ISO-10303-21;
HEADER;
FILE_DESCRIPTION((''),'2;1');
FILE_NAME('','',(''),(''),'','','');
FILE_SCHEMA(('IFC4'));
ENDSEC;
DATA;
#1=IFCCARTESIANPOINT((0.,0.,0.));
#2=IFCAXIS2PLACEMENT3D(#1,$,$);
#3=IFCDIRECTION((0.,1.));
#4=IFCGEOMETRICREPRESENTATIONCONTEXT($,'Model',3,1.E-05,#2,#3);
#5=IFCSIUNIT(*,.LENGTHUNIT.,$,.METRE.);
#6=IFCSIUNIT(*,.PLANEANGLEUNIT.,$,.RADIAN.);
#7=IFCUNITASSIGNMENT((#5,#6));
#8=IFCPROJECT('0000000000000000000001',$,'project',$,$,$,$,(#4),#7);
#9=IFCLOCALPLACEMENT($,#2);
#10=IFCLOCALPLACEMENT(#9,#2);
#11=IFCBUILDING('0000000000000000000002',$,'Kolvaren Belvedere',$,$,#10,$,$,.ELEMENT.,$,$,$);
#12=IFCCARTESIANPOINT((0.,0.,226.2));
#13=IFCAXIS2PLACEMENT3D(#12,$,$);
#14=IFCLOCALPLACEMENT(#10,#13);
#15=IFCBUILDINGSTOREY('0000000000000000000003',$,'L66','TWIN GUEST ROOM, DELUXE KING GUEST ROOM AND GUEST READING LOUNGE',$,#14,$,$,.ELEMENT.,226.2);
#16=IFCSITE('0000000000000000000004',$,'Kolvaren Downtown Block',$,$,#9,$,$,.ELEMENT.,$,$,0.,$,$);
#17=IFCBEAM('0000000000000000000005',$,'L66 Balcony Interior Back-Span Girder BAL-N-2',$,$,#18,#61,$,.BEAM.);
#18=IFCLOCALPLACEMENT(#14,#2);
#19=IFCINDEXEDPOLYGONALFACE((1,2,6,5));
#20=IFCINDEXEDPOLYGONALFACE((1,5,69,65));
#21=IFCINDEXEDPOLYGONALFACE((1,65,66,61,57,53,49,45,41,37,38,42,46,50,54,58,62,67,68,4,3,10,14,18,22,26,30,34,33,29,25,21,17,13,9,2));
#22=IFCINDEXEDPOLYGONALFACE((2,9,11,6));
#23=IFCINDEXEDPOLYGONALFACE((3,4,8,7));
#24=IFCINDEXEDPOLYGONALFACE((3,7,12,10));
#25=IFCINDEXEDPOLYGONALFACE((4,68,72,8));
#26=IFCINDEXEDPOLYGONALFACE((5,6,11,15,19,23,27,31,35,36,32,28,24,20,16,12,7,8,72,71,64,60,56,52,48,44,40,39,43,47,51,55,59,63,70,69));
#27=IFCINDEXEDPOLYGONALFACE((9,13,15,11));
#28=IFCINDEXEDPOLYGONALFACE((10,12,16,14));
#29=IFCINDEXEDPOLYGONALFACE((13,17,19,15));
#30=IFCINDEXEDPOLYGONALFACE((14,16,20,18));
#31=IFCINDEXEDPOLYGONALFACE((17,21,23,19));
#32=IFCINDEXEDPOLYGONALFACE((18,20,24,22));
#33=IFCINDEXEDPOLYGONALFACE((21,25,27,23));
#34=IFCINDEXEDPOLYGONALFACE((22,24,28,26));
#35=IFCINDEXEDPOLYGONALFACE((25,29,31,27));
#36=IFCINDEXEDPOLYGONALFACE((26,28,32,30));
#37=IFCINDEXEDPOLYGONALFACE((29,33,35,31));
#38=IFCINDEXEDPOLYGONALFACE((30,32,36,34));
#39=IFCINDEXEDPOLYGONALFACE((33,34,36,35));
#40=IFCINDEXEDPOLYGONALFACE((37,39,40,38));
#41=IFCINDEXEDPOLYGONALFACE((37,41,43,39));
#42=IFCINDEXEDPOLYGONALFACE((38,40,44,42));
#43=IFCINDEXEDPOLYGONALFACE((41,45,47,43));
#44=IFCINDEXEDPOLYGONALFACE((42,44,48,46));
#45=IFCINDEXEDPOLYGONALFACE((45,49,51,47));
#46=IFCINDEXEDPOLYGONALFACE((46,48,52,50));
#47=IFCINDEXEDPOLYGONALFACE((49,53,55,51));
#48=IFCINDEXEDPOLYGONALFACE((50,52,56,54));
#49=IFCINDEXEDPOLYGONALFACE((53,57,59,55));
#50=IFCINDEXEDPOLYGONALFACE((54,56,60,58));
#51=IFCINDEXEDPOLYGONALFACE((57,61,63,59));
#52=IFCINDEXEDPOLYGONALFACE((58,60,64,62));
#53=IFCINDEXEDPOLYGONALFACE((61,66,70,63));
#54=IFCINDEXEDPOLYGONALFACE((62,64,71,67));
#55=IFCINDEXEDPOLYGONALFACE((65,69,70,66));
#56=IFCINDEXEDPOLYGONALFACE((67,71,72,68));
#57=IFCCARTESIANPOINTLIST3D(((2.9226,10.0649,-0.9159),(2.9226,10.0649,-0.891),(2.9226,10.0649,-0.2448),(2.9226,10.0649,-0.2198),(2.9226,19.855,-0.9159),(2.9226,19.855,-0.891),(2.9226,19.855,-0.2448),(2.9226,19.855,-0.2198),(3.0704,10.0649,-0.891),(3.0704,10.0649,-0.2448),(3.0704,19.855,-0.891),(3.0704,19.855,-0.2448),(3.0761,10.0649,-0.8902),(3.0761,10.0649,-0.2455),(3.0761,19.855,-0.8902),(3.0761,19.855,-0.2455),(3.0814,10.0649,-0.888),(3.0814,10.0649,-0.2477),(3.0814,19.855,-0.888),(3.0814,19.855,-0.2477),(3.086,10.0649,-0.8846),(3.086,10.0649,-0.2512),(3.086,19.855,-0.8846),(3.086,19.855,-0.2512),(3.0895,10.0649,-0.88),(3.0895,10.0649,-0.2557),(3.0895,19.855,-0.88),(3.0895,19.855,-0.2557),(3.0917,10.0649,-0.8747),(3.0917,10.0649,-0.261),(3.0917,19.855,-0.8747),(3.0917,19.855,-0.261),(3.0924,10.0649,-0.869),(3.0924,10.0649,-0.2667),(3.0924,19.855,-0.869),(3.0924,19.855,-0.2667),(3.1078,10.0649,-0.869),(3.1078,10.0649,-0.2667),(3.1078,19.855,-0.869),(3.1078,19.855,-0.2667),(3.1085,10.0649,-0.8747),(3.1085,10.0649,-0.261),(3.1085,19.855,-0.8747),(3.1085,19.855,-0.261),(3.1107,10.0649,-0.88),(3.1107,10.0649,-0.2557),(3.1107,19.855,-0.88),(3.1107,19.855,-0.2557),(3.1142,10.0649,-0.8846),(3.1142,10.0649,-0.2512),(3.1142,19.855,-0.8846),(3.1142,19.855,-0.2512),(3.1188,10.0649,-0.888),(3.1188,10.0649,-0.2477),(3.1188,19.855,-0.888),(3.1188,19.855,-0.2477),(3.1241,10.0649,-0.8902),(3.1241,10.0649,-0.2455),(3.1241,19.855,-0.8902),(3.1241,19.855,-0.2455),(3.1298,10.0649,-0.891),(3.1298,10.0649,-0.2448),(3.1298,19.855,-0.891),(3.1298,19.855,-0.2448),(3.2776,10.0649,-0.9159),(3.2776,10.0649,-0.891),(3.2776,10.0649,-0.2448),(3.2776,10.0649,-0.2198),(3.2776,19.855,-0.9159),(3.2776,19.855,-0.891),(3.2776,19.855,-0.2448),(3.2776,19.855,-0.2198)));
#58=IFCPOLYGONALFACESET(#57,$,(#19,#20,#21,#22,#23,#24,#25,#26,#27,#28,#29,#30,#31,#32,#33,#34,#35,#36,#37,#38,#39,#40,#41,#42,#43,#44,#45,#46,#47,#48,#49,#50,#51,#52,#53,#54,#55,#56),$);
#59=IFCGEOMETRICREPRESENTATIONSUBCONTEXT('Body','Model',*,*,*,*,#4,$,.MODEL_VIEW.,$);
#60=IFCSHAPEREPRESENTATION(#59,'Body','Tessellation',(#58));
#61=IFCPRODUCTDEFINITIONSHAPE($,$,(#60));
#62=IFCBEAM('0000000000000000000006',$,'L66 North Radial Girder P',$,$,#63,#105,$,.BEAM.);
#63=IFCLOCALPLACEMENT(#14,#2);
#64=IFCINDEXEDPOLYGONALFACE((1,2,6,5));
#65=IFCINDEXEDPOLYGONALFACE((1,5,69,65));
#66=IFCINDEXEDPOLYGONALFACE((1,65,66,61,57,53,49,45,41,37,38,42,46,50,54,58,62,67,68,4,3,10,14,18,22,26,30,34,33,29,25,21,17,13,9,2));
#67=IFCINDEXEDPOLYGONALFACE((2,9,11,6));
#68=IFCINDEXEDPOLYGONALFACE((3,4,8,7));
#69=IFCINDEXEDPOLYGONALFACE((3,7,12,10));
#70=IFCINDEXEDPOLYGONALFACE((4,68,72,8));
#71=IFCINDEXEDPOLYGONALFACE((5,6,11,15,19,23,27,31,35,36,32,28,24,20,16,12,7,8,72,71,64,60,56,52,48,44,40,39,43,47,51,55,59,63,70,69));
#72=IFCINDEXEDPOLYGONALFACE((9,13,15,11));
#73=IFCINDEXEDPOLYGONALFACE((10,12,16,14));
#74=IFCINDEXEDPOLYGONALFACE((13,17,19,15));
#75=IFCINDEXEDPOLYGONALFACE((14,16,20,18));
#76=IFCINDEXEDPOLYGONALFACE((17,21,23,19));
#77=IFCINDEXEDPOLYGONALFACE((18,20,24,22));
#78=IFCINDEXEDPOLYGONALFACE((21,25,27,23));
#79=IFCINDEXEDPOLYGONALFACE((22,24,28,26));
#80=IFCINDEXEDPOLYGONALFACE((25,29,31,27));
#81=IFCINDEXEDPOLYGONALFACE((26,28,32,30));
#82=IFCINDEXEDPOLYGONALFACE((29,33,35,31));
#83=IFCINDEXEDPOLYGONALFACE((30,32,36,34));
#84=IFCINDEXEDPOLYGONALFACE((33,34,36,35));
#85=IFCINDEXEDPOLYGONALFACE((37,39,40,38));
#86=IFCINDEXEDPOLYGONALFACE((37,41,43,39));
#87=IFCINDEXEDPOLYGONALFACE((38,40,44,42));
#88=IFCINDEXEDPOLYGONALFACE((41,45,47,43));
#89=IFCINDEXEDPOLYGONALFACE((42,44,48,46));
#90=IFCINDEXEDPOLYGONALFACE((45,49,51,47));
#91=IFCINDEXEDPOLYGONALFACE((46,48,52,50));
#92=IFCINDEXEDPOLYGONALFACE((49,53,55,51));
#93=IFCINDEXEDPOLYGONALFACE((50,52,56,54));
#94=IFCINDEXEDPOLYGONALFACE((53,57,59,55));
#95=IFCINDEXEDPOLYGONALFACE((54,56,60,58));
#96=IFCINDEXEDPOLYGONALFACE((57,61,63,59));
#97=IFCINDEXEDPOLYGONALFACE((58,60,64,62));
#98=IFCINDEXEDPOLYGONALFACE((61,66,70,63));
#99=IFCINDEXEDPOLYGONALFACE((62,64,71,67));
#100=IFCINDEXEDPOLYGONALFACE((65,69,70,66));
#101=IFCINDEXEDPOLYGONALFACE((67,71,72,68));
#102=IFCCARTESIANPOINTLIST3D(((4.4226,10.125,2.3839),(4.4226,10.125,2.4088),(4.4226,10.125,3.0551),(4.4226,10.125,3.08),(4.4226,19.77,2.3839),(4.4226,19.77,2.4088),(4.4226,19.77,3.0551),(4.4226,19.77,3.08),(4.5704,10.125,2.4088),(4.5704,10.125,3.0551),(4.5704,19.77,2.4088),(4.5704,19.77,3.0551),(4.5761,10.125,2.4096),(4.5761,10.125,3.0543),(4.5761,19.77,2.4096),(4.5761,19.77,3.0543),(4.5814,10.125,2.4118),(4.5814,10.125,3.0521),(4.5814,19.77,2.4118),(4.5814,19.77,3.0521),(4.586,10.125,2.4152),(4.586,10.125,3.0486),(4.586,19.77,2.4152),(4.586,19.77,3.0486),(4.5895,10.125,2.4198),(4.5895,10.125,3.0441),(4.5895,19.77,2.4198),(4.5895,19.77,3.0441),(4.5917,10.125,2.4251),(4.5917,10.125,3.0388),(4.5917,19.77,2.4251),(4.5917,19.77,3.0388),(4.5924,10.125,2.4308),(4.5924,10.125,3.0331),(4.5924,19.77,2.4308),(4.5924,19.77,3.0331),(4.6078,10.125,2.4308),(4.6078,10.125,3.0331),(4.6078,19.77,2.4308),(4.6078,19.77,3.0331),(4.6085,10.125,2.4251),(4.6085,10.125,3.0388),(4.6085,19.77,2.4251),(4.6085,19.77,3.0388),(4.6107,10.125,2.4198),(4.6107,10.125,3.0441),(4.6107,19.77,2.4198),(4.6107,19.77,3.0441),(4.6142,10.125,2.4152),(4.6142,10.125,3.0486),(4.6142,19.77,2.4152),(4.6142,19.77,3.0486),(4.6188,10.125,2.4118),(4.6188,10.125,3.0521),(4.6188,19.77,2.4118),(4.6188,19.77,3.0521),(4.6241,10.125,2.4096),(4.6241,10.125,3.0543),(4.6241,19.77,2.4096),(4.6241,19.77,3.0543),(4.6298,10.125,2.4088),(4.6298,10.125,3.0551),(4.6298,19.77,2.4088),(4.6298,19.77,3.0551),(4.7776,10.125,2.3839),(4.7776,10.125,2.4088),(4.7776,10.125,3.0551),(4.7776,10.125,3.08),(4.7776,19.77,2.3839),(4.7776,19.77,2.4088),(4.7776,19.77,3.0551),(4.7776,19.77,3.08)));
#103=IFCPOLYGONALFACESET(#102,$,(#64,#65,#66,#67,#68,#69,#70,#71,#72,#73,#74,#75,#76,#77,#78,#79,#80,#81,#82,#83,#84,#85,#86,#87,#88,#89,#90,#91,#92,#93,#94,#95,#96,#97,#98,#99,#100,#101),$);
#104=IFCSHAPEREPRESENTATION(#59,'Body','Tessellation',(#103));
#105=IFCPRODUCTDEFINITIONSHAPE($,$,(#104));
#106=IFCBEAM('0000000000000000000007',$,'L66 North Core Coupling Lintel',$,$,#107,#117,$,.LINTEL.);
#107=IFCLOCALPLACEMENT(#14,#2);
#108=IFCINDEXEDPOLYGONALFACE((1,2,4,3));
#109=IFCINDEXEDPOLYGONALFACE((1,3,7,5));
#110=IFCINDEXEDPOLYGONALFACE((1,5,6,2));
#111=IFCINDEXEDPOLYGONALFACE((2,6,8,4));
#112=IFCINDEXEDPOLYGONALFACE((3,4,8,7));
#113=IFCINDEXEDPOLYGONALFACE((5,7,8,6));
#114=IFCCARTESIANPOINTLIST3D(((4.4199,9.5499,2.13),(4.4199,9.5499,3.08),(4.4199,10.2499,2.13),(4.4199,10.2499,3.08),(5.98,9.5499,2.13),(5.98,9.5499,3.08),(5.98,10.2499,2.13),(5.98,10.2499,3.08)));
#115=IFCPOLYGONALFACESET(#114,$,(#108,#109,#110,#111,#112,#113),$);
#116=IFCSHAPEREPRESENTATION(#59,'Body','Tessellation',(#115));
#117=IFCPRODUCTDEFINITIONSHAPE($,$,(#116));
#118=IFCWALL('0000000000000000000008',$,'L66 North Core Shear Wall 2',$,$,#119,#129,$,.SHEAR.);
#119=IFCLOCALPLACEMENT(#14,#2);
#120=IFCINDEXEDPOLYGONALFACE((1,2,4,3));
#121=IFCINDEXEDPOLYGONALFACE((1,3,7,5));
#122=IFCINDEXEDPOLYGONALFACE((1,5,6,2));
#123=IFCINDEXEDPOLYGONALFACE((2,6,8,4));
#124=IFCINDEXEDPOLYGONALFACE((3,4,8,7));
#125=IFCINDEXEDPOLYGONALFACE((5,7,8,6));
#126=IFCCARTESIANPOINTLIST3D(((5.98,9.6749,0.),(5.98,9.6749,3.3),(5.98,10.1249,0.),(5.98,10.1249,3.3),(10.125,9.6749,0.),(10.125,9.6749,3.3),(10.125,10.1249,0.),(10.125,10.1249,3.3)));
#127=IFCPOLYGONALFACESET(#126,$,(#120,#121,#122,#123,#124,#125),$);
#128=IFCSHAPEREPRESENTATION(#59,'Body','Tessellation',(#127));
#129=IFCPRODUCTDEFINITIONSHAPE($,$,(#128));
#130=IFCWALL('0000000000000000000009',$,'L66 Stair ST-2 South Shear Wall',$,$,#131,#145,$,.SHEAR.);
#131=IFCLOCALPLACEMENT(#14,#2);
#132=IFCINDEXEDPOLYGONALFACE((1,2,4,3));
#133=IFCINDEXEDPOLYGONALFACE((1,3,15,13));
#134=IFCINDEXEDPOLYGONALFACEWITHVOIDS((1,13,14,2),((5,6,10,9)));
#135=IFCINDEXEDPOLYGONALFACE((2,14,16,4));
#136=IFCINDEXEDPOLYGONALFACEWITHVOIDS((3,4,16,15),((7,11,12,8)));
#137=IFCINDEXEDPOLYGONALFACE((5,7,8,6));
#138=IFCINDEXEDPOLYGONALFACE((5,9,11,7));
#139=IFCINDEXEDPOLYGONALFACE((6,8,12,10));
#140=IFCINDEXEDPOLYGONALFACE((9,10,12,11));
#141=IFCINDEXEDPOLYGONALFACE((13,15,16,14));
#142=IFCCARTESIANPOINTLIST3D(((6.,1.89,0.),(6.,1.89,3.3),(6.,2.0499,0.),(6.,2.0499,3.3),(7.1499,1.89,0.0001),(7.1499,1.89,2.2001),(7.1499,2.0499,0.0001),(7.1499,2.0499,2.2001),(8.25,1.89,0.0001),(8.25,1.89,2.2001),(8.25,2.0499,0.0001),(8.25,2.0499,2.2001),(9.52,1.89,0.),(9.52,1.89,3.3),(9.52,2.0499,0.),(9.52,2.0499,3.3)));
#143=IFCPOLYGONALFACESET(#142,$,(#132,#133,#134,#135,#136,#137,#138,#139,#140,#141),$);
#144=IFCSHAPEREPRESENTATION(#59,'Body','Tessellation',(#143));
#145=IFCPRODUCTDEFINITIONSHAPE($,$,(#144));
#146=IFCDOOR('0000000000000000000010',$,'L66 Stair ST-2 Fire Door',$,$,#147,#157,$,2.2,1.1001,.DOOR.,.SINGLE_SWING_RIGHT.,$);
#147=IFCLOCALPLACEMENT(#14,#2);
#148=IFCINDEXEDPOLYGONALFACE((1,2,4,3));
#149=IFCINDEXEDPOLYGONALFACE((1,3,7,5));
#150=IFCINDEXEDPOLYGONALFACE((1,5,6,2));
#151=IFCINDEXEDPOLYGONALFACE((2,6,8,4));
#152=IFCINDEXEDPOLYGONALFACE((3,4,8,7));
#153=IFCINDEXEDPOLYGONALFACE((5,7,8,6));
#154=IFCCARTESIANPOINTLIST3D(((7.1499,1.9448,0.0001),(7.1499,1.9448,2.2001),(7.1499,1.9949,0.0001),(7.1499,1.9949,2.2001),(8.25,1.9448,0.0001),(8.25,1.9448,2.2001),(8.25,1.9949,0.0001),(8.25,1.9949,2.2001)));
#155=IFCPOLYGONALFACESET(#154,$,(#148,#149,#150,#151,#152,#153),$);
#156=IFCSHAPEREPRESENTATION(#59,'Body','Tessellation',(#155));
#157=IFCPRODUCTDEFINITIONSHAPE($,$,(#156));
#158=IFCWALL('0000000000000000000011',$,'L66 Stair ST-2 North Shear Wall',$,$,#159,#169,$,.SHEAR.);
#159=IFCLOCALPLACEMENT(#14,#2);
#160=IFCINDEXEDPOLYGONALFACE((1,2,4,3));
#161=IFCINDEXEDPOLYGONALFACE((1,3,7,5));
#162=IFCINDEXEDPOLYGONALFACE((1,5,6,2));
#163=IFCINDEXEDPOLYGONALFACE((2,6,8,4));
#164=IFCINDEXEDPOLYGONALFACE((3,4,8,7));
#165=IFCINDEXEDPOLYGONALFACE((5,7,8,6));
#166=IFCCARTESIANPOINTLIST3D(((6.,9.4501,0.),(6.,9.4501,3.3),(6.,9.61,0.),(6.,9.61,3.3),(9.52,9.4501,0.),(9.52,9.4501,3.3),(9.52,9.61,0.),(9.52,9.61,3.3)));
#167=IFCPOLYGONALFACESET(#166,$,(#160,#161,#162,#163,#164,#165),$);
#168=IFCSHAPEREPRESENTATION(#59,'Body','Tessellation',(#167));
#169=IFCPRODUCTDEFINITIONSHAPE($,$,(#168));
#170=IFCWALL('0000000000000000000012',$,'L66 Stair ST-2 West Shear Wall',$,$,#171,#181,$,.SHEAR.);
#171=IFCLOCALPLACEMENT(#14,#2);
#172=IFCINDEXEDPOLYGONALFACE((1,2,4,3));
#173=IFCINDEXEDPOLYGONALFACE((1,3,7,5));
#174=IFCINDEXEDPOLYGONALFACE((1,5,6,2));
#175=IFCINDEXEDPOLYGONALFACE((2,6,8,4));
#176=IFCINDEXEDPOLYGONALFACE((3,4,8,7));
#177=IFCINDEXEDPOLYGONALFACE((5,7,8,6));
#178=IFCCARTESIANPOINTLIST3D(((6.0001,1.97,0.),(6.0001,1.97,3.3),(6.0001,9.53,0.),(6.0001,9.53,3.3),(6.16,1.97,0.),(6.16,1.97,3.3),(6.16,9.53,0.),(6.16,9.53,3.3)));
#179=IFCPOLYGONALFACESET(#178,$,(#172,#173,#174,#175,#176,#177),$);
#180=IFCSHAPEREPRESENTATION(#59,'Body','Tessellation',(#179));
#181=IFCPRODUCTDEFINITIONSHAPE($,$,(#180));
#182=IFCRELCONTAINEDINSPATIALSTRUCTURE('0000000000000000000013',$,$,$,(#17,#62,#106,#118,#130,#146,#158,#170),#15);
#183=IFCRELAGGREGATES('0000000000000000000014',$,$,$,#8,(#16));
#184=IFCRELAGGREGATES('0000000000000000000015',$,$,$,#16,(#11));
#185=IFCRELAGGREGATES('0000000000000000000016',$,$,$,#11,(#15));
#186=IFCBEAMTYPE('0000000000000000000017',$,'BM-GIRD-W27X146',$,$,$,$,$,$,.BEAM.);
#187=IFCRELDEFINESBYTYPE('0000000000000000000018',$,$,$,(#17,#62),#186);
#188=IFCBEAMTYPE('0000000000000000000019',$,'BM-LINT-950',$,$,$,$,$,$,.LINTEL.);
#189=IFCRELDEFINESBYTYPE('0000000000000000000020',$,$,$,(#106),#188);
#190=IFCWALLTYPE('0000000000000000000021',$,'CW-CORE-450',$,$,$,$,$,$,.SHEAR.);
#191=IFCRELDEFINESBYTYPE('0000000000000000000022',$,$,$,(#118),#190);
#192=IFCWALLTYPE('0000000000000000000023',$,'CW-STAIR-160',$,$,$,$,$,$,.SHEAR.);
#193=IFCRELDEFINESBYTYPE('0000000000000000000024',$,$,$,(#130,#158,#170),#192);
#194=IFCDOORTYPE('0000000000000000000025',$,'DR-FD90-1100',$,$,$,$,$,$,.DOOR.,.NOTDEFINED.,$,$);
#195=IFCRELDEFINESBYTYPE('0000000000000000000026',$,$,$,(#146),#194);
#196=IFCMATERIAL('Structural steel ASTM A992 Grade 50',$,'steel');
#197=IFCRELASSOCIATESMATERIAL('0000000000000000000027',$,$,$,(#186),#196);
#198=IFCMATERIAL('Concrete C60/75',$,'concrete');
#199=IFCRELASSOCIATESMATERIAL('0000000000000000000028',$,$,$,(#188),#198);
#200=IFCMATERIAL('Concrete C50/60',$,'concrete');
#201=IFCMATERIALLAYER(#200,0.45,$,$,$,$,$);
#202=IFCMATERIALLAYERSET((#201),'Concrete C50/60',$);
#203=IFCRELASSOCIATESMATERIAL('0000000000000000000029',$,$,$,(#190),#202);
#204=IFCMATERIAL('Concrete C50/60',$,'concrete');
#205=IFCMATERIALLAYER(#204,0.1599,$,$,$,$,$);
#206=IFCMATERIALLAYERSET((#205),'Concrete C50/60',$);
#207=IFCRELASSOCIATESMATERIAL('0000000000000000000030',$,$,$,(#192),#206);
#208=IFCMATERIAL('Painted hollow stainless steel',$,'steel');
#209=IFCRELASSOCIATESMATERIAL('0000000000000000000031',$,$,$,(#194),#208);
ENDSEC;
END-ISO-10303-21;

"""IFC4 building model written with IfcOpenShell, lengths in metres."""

from ifc_helpers import new_model, si_unit, direction, frame, frame_2d, origin, origin_2d, place, context, subcontext, project, spatial, rectangle, i_section, extrude, material, layer, layer_set, material_profile, profile_set, type_object, element, fill, save


model = new_model("IFC4")

# Units and contexts
model_context = context("Model", 3, precision=1e-05, world=origin(), true_north=direction((0.0, 1.0)))
body_context = subcontext(model_context, "Body", "Model", "MODEL_VIEW")
ifc_project = project(units=[si_unit("LENGTHUNIT", "METRE"), si_unit("PLANEANGLEUNIT", "RADIAN")], contexts=[model_context])

# Site, building, storey
site_placement = place(None, origin())
site = spatial("IfcSite", under=ifc_project, at=site_placement, Name="Kolvaren Downtown Block", CompositionType="ELEMENT", RefElevation=0.0)
building_placement = place(site_placement, origin())
building = spatial("IfcBuilding", under=site, at=building_placement, Name="Kolvaren Belvedere", CompositionType="ELEMENT")
storey_placement = place(building_placement, frame((0.0, 0.0, 226.2)))
storey = spatial("IfcBuildingStorey", under=building, at=storey_placement, Name="L66", Description="TWIN GUEST ROOM, DELUXE KING GUEST ROOM AND GUEST READING LOUNGE", CompositionType="ELEMENT", Elevation=226.2)

# Beams
ifc_material_1 = material(Name="Structural steel ASTM A992 Grade 50", Category="steel")
ifc_material_profile_1 = material_profile(ifc_material_1, i_section(OverallWidth=0.355, OverallDepth=0.696, WebThickness=0.0154, FlangeThickness=0.0249, FilletRadius=0.022, at=origin_2d()), Name="W27X146")
ifc_profile_set_1 = profile_set([ifc_material_profile_1], Name="Structural steel ASTM A992 Grade 50")
beam_type_1 = type_object("IfcBeamType", Name="BM-GIRD-W27X146", PredefinedType="BEAM", material=ifc_profile_set_1)
beam_1_placement = place(storey_placement, frame((3.1001, 10.0649, -0.5679), z_axis=(0.0, 1.0, 0.0), x_axis=(-1.0, 0.0, 0.0)))
element("IfcBeam", 1, at=beam_1_placement, inside=storey, type_object=beam_type_1, Name="L66 Balcony Interior Back-Span Girder BAL-N-2", PredefinedType="BEAM", context=body_context, shape_type="SweptSolid", body=[
    extrude(i_section(OverallWidth=0.355, OverallDepth=0.696, WebThickness=0.0154, FlangeThickness=0.0249, FilletRadius=0.022, at=origin_2d()), origin(), (0.0, 0.0, 1.0), 9.79),
])
beam_2_placement = place(storey_placement, frame((4.6001, 10.125, 2.7319), z_axis=(0.0, 1.0, 0.0), x_axis=(-1.0, 0.0, 0.0)))
element("IfcBeam", 2, at=beam_2_placement, inside=storey, type_object=beam_type_1, Name="L66 North Radial Girder P", PredefinedType="BEAM", context=body_context, shape_type="SweptSolid", body=[
    extrude(i_section(OverallWidth=0.355, OverallDepth=0.696, WebThickness=0.0154, FlangeThickness=0.0249, FilletRadius=0.022, at=origin_2d()), origin(), (0.0, 0.0, 1.0), 9.645),
])
ifc_material_2 = material(Name="Concrete C60/75", Category="concrete")
ifc_material_profile_2 = material_profile(ifc_material_2, rectangle(XDim=0.7, YDim=0.95, at=origin_2d()), Name="RC 700X950")
ifc_profile_set_2 = profile_set([ifc_material_profile_2], Name="Concrete C60/75")
beam_type_2 = type_object("IfcBeamType", Name="BM-LINT-950", PredefinedType="LINTEL", material=ifc_profile_set_2)
beam_3_placement = place(storey_placement, frame((4.4199, 9.8999, 2.605), z_axis=(1.0, 0.0, 0.0), x_axis=(0.0, 1.0, 0.0)))
element("IfcBeam", 3, at=beam_3_placement, inside=storey, type_object=beam_type_2, Name="L66 North Core Coupling Lintel", PredefinedType="LINTEL", context=body_context, shape_type="SweptSolid", body=[
    extrude(rectangle(XDim=0.7, YDim=0.95, at=origin_2d()), origin(), (0.0, 0.0, 1.0), 1.5601),
])

# Wall
ifc_material_3 = material(Name="Concrete C50/60", Category="concrete")
ifc_layer_1 = layer(ifc_material_3, 0.45)
ifc_layer_set_1 = layer_set([ifc_layer_1], Name="Concrete C50/60")
wall_type_1 = type_object("IfcWallType", Name="CW-CORE-450", PredefinedType="SHEAR", material=ifc_layer_set_1)
wall_1_placement = place(storey_placement, frame((5.98, 9.8999, 0.0), z_axis=(0.0, 0.0, 1.0), x_axis=(1.0, 0.0, 0.0)))
element("IfcWall", 4, at=wall_1_placement, inside=storey, type_object=wall_type_1, Name="L66 North Core Shear Wall 2", PredefinedType="SHEAR", context=body_context, shape_type="SweptSolid", body=[
    extrude(rectangle(XDim=4.145, YDim=0.45, at=frame_2d((2.0725, 0.0))), origin(), (0.0, 0.0, 1.0), 3.3),
])

# Wall, opening, door
ifc_material_4 = material(Name="Concrete C50/60", Category="concrete")
ifc_layer_2 = layer(ifc_material_4, 0.1599)
ifc_layer_set_2 = layer_set([ifc_layer_2], Name="Concrete C50/60")
wall_type_2 = type_object("IfcWallType", Name="CW-STAIR-160", PredefinedType="SHEAR", material=ifc_layer_set_2)
wall_2_placement = place(storey_placement, frame((6.0, 1.97, 0.0), z_axis=(0.0, 0.0, 1.0), x_axis=(1.0, 0.0, 0.0)))
wall_2 = element("IfcWall", 5, at=wall_2_placement, inside=storey, type_object=wall_type_2, Name="L66 Stair ST-2 South Shear Wall", PredefinedType="SHEAR", context=body_context, shape_type="SweptSolid", body=[
    extrude(rectangle(XDim=3.52, YDim=0.1599, at=frame_2d((1.76, 0.0))), origin(), (0.0, 0.0, 1.0), 3.3),
])
opening_1_placement = place(wall_2_placement, frame((1.1499, 0.0, 0.0)))
opening_1 = element("IfcOpeningElement", 6, at=opening_1_placement, cuts=wall_2, PredefinedType="OPENING", context=body_context, shape_type="SweptSolid", body=[
    extrude(rectangle(XDim=1.1001, YDim=2.2, at=frame_2d((0.55, 1.1001))), frame((0.0, 0.0898, 0.0), z_axis=(0.0, -1.0, 0.0), x_axis=(1.0, 0.0, 0.0)), (0.0, 0.0, 1.0), 0.1799),
])
ifc_material_5 = material(Name="Painted hollow stainless steel", Category="steel")
door_type_1 = type_object("IfcDoorType", Name="DR-FD90-1100", OperationType="NOTDEFINED", PredefinedType="DOOR", material=ifc_material_5)
door_1_placement = place(opening_1_placement, origin())
door_1 = element("IfcDoor", 7, at=door_1_placement, inside=storey, type_object=door_type_1, Name="L66 Stair ST-2 Fire Door", OperationType="SINGLE_SWING_RIGHT", OverallHeight=2.2, OverallWidth=1.1001, PredefinedType="DOOR", context=body_context, shape_type="SweptSolid", body=[
    extrude(rectangle(XDim=1.1001, YDim=2.2, at=frame_2d((0.55, 1.1001))), frame((0.0, 0.0249, 0.0), z_axis=(0.0, -1.0, 0.0), x_axis=(1.0, 0.0, 0.0)), (0.0, 0.0, 1.0), 0.05),
])
fill(opening_1, door_1)

# Walls
wall_3_placement = place(storey_placement, frame((6.0, 9.53, 0.0), z_axis=(0.0, 0.0, 1.0), x_axis=(1.0, 0.0, 0.0)))
element("IfcWall", 8, at=wall_3_placement, inside=storey, type_object=wall_type_2, Name="L66 Stair ST-2 North Shear Wall", PredefinedType="SHEAR", context=body_context, shape_type="SweptSolid", body=[
    extrude(rectangle(XDim=3.52, YDim=0.1599, at=frame_2d((1.76, 0.0))), origin(), (0.0, 0.0, 1.0), 3.3),
])
wall_4_placement = place(storey_placement, frame((6.0801, 1.97, 0.0), z_axis=(0.0, 0.0, 1.0), x_axis=(0.0, 1.0, 0.0)))
element("IfcWall", 9, at=wall_4_placement, inside=storey, type_object=wall_type_2, Name="L66 Stair ST-2 West Shear Wall", PredefinedType="SHEAR", context=body_context, shape_type="SweptSolid", body=[
    extrude(rectangle(XDim=7.5601, YDim=0.1599, at=frame_2d((3.78, 0.0))), origin(), (0.0, 0.0, 1.0), 3.3),
])

save(model, "model.ifc")
